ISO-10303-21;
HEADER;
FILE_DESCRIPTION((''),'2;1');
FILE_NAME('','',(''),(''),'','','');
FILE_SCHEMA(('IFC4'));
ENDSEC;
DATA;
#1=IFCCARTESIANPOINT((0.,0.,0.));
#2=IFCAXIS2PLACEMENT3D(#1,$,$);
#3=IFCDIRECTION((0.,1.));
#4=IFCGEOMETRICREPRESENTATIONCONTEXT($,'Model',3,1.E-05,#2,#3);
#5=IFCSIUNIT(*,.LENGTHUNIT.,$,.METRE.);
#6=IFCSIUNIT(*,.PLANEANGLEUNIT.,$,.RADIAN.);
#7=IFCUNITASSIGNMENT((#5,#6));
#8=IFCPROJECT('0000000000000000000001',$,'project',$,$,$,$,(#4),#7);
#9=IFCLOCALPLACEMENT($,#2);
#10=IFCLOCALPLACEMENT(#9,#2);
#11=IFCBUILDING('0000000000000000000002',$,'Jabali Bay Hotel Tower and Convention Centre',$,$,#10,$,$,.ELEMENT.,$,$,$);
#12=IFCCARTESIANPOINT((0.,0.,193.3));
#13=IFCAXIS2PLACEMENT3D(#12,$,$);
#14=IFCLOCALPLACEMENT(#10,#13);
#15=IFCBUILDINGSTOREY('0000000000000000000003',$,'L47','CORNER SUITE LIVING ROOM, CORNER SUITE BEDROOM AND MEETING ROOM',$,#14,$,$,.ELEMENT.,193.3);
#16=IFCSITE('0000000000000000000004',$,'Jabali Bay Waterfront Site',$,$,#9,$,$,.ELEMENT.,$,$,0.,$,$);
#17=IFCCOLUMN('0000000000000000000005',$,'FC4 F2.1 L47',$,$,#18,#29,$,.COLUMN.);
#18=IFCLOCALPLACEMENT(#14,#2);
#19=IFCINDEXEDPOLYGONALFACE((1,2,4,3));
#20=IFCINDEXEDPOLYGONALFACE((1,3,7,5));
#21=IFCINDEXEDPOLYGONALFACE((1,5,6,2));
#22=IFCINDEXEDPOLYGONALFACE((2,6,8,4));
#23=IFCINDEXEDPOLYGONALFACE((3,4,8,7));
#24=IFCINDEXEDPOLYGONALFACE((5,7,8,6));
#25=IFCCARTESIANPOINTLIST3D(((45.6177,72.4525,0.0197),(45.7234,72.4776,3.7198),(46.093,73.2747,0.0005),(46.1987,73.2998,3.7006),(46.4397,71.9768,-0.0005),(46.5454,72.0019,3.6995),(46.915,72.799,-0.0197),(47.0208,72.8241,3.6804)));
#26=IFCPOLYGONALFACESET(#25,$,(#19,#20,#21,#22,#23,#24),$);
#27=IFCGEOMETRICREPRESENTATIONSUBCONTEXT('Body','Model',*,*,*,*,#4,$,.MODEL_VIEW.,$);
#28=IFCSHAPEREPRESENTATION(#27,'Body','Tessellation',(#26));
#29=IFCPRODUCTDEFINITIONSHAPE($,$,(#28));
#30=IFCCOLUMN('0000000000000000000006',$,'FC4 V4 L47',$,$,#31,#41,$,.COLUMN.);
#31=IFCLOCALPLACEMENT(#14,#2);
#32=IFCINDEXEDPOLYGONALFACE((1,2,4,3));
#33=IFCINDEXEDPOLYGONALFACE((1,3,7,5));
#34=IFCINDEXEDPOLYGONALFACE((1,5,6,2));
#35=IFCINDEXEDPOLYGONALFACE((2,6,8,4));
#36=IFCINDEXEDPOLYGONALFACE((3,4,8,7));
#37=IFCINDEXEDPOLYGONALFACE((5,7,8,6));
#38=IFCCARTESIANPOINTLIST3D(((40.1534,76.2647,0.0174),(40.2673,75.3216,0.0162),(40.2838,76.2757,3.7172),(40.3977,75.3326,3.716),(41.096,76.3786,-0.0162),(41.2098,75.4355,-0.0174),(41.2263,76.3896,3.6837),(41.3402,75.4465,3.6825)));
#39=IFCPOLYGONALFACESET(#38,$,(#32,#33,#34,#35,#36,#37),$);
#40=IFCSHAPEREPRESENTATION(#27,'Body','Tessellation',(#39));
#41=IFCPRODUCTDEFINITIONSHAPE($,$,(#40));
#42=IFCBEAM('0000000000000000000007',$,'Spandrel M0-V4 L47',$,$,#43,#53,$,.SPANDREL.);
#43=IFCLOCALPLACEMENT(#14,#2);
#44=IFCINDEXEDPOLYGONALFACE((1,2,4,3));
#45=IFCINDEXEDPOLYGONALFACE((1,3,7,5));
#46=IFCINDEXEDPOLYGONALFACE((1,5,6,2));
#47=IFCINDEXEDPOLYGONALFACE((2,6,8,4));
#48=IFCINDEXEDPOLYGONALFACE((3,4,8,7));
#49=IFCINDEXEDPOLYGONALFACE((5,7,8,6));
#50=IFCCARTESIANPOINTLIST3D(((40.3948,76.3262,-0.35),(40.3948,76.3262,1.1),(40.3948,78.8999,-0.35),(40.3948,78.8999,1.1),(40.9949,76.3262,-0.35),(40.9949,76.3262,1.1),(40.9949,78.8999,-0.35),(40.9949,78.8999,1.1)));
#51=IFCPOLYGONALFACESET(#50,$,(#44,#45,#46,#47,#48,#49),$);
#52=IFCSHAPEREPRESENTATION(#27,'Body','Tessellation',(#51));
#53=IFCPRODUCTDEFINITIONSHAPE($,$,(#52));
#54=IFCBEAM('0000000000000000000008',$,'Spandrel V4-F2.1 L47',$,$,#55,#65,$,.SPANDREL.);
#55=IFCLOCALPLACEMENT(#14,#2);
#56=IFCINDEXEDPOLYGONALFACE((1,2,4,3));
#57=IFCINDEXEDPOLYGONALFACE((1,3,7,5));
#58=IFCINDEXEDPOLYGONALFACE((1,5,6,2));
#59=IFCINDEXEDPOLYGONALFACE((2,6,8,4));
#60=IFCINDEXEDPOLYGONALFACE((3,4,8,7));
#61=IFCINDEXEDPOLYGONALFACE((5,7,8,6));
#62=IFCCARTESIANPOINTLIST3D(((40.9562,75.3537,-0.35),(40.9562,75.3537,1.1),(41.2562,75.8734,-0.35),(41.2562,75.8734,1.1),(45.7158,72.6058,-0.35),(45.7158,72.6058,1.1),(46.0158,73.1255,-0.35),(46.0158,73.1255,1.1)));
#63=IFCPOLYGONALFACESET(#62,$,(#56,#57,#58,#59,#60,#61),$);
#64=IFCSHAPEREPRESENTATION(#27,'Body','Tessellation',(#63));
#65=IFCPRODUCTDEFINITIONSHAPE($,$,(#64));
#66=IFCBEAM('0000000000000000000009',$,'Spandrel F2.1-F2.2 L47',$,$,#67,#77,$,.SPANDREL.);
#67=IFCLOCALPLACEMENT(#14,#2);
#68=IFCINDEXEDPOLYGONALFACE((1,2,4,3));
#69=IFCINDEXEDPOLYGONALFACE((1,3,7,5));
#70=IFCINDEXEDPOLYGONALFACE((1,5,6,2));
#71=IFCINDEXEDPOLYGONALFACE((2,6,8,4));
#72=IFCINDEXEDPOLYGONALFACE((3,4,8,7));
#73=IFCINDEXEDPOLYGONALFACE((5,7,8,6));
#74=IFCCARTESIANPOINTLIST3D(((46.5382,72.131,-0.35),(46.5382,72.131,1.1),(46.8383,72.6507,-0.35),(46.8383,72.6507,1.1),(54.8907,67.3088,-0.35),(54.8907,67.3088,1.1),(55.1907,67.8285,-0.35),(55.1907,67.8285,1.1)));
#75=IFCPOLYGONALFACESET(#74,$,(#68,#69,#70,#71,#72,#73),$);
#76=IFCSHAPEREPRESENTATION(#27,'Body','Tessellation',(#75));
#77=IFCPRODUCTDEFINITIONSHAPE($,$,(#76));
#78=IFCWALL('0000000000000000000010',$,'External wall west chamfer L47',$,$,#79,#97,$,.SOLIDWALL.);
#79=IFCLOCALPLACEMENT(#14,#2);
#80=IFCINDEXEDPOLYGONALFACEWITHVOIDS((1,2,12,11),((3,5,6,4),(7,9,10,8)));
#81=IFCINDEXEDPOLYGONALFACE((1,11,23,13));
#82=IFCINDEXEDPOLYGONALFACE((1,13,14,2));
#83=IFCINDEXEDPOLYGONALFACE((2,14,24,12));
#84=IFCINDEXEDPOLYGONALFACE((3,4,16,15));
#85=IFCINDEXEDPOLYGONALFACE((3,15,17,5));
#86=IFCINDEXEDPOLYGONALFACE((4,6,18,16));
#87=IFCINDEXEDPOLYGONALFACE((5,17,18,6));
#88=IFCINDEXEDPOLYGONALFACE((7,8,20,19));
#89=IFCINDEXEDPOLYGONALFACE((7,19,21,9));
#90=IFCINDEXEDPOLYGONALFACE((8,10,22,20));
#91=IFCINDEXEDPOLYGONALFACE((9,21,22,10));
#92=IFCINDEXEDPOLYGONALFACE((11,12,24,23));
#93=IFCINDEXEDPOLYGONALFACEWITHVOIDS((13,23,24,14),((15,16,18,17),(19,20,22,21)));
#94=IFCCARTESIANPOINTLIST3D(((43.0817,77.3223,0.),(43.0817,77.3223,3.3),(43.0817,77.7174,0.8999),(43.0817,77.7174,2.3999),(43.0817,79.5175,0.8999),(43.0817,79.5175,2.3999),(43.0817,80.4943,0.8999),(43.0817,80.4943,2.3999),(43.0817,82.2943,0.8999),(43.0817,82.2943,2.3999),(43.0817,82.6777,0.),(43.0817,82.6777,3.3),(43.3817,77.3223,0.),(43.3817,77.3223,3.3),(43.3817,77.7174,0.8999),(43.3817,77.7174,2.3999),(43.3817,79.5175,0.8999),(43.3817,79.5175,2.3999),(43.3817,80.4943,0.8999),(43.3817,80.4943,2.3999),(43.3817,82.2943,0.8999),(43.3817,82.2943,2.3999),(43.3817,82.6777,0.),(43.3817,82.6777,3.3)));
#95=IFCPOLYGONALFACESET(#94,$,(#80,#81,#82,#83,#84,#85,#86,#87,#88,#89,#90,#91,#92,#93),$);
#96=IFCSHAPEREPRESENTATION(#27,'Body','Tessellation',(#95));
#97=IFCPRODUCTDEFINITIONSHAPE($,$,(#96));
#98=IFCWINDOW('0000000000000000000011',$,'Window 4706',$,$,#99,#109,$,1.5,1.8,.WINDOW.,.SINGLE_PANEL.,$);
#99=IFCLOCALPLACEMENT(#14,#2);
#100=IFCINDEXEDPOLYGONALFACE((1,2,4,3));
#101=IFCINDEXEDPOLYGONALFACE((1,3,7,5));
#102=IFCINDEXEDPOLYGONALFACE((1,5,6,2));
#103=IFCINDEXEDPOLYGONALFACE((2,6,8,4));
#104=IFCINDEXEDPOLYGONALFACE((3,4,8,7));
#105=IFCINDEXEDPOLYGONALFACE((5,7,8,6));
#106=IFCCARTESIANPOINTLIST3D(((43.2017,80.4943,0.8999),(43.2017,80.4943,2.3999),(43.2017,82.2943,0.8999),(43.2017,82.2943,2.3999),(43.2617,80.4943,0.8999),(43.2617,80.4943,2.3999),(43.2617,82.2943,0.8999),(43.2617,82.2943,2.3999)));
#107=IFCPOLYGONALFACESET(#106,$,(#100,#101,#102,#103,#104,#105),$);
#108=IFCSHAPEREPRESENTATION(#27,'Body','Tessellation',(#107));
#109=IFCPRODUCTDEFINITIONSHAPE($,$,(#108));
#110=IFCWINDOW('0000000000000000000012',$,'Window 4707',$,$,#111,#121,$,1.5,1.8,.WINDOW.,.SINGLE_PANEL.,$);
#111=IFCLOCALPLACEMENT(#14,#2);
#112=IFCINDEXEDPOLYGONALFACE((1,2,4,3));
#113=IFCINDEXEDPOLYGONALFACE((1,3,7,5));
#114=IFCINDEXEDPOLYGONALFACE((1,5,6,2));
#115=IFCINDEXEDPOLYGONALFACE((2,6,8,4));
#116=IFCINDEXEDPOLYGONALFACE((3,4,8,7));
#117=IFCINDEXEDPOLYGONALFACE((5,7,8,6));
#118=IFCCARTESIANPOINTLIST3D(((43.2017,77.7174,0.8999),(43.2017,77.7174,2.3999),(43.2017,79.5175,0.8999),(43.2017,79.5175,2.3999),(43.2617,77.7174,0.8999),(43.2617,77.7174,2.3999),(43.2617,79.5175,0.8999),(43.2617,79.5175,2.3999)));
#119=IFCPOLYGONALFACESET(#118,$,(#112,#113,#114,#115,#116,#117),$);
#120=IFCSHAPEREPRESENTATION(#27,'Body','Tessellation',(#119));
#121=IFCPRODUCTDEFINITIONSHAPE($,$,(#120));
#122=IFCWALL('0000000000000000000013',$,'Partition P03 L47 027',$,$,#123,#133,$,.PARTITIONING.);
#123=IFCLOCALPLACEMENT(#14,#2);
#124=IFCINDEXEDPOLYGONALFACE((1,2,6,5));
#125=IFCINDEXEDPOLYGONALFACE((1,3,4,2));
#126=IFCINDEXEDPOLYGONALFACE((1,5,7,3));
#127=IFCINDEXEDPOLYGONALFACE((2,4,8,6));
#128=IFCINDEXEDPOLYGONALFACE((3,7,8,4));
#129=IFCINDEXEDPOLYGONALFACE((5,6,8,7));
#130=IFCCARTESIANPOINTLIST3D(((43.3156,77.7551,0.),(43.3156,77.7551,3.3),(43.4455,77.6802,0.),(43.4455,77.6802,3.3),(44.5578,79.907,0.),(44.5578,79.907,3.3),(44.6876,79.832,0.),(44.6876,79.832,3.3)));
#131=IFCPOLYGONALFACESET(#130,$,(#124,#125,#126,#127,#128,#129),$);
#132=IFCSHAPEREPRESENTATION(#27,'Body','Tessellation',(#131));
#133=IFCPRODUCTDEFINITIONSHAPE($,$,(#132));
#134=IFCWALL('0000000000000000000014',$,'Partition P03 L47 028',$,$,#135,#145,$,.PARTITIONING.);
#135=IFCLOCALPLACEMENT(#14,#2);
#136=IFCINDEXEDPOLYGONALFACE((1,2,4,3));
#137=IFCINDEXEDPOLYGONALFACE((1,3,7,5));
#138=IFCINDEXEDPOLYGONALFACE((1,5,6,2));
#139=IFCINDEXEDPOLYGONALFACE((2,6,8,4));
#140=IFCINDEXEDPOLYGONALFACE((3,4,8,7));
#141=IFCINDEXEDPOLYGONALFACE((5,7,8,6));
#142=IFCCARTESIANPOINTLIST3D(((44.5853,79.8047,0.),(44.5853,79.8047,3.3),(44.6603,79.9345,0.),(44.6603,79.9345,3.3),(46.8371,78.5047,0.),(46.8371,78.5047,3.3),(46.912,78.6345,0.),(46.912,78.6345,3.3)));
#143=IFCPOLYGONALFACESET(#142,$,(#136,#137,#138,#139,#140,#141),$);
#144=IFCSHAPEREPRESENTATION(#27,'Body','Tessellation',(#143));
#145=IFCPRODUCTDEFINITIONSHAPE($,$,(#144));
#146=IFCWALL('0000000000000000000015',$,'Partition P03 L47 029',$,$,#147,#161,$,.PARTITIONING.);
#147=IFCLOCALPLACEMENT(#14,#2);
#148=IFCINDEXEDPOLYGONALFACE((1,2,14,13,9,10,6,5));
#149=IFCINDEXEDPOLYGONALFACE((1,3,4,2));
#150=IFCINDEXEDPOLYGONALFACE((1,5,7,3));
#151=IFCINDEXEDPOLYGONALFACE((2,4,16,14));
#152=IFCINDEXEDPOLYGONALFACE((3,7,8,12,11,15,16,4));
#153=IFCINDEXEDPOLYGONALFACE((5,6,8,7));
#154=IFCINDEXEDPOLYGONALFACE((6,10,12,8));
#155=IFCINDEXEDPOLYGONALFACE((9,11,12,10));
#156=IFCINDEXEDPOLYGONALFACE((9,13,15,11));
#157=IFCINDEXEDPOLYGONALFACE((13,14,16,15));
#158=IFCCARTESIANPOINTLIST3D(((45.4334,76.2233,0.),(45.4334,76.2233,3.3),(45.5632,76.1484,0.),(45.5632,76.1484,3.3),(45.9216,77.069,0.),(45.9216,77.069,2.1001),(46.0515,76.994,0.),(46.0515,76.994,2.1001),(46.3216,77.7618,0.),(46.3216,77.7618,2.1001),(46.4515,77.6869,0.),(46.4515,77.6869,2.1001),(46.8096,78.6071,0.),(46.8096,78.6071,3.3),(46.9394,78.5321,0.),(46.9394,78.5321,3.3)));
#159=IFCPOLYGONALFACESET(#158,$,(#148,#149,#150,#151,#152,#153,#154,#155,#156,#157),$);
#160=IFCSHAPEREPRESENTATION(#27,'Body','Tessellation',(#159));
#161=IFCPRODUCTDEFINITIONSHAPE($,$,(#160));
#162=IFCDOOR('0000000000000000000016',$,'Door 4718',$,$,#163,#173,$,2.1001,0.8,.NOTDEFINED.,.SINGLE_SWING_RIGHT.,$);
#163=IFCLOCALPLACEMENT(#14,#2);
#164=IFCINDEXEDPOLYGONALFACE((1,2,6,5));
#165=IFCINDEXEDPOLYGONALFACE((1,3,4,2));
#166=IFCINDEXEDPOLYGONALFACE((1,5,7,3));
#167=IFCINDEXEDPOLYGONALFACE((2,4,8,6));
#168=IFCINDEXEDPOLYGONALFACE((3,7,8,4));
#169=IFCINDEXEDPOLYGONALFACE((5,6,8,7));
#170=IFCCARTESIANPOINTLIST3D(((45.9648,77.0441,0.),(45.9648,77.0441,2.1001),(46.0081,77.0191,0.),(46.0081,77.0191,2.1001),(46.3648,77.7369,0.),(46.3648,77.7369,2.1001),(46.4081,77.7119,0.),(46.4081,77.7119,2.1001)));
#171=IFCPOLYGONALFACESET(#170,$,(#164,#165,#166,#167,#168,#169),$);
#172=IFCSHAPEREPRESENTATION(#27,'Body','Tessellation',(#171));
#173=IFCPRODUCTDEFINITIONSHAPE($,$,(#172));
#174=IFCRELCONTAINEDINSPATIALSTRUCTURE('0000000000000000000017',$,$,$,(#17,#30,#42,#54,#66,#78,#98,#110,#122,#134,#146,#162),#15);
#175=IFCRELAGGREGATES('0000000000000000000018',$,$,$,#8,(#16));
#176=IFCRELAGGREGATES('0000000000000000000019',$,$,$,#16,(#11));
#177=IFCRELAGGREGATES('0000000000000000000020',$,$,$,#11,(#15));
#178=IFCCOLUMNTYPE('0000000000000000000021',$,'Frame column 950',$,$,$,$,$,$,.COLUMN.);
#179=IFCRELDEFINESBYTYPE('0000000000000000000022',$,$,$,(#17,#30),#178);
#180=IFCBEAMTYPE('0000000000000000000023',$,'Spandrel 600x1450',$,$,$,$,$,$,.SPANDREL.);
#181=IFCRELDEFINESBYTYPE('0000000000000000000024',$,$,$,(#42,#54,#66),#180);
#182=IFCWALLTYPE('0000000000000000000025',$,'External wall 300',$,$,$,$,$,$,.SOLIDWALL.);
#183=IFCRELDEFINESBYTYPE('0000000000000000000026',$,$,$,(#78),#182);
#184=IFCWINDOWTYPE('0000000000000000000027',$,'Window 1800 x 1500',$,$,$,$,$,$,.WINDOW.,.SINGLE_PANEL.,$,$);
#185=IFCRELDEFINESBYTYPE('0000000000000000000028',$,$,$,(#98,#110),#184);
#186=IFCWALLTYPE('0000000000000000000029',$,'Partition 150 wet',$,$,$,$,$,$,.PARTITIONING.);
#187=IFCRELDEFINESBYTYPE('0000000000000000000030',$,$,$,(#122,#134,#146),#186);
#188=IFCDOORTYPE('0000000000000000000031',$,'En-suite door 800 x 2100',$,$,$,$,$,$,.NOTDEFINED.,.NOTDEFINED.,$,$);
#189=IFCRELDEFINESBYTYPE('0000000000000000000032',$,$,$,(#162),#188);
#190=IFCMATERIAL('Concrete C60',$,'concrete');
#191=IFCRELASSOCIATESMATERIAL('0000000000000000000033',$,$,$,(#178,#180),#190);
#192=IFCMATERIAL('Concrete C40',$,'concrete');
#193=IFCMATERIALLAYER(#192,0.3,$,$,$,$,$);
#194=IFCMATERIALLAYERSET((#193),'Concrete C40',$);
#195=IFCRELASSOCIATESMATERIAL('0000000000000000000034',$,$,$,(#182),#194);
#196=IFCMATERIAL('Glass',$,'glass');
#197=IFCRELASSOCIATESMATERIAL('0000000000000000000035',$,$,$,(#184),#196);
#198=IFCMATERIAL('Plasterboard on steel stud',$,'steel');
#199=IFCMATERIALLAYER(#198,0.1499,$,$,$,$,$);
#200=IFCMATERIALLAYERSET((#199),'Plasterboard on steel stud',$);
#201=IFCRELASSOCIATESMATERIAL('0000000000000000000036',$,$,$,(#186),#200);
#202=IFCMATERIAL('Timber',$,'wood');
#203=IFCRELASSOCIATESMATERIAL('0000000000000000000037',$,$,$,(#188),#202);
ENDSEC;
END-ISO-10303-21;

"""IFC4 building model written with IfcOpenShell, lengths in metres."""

from ifc_helpers import new_model, si_unit, direction, frame, frame_2d, origin, origin_2d, place, context, subcontext, project, spatial, rectangle, extrude, material, layer, layer_set, material_profile, profile_set, type_object, element, fill, save


model = new_model("IFC4")

# Units and contexts
model_context = context("Model", 3, precision=1e-05, world=origin(), true_north=direction((0.0, 1.0)))
body_context = subcontext(model_context, "Body", "Model", "MODEL_VIEW")
ifc_project = project(units=[si_unit("LENGTHUNIT", "METRE"), si_unit("PLANEANGLEUNIT", "RADIAN")], contexts=[model_context])

# Site, building, storey
site_placement = place(None, origin())
site = spatial("IfcSite", under=ifc_project, at=site_placement, Name="Jabali Bay Waterfront Site", CompositionType="ELEMENT", RefElevation=0.0)
building_placement = place(site_placement, origin())
building = spatial("IfcBuilding", under=site, at=building_placement, Name="Jabali Bay Hotel Tower and Convention Centre", CompositionType="ELEMENT")
storey_placement = place(building_placement, frame((0.0, 0.0, 193.3)))
storey = spatial("IfcBuildingStorey", under=building, at=storey_placement, Name="L47", Description="CORNER SUITE LIVING ROOM, CORNER SUITE BEDROOM AND MEETING ROOM", CompositionType="ELEMENT", Elevation=193.3)

# Columns
ifc_material_1 = material(Name="Concrete C60", Category="concrete")
ifc_material_profile_1 = material_profile(ifc_material_1, rectangle(XDim=0.95, YDim=0.95, at=origin_2d()), Name="Frame column 950")
ifc_profile_set_1 = profile_set([ifc_material_profile_1], Name="Concrete C60")
column_type = type_object("IfcColumnType", Name="Frame column 950", PredefinedType="COLUMN", material=ifc_profile_set_1)
column_1_placement = place(storey_placement, frame((46.2664, 72.6257, 0.0), z_axis=(0.028559, 0.006794, 0.999569), x_axis=(-0.865319, 0.500768, 0.02132)))
element("IfcColumn", 1, at=column_1_placement, inside=storey, type_object=column_type, Name="FC4 F2.1 L47", PredefinedType="COLUMN", context=body_context, shape_type="SweptSolid", body=[
    extrude(rectangle(XDim=0.95, YDim=0.95, at=origin_2d()), origin(), (0.0, 0.0, 1.0), 3.7017),
])
column_2_placement = place(storey_placement, frame((40.6816, 75.8501, 0.0), z_axis=(0.035214, 0.002967, 0.999375), x_axis=(-0.119874, 0.992788, 0.001276)))
element("IfcColumn", 2, at=column_2_placement, inside=storey, type_object=column_type, Name="FC4 V4 L47", PredefinedType="COLUMN", context=body_context, shape_type="SweptSolid", body=[
    extrude(rectangle(XDim=0.95, YDim=0.95, at=origin_2d()), origin(), (0.0, 0.0, 1.0), 3.7021),
])

# Beams
ifc_material_profile_2 = material_profile(ifc_material_1, rectangle(XDim=0.6001, YDim=1.45, at=origin_2d()), Name="Spandrel 600x1450")
ifc_profile_set_2 = profile_set([ifc_material_profile_2], Name="Concrete C60")
beam_type = type_object("IfcBeamType", Name="Spandrel 600x1450", PredefinedType="SPANDREL", material=ifc_profile_set_2)
beam_1_placement = place(storey_placement, frame((40.6948, 78.8999, 0.375), z_axis=(0.0, -1.0, 0.0), x_axis=(1.0, 0.0, 0.0)))
element("IfcBeam", 3, at=beam_1_placement, inside=storey, type_object=beam_type, Name="Spandrel M0-V4 L47", PredefinedType="SPANDREL", context=body_context, shape_type="SweptSolid", body=[
    extrude(rectangle(XDim=0.6001, YDim=1.45, at=origin_2d()), origin(), (0.0, 0.0, 1.0), 2.5737),
])
beam_2_placement = place(storey_placement, frame((41.1062, 75.6135, 0.375), z_axis=(0.866034, -0.499985, 0.0), x_axis=(0.499985, 0.866034, 0.0)))
element("IfcBeam", 4, at=beam_2_placement, inside=storey, type_object=beam_type, Name="Spandrel V4-F2.1 L47", PredefinedType="SPANDREL", context=body_context, shape_type="SweptSolid", body=[
    extrude(rectangle(XDim=0.6001, YDim=1.45, at=origin_2d()), origin(), (0.0, 0.0, 1.0), 5.4958),
])
beam_3_placement = place(storey_placement, frame((46.6882, 72.3909, 0.375), z_axis=(0.866029, -0.499994, 0.0), x_axis=(0.499994, 0.866029, 0.0)))
element("IfcBeam", 5, at=beam_3_placement, inside=storey, type_object=beam_type, Name="Spandrel F2.1-F2.2 L47", PredefinedType="SPANDREL", context=body_context, shape_type="SweptSolid", body=[
    extrude(rectangle(XDim=0.6001, YDim=1.45, at=origin_2d()), origin(), (0.0, 0.0, 1.0), 9.6445),
])

# Wall, openings, windows
ifc_material_2 = material(Name="Concrete C40", Category="concrete")
ifc_layer_1 = layer(ifc_material_2, 0.3)
ifc_layer_set_1 = layer_set([ifc_layer_1], Name="Concrete C40")
wall_type_1 = type_object("IfcWallType", Name="External wall 300", PredefinedType="SOLIDWALL", material=ifc_layer_set_1)
wall_1_placement = place(storey_placement, frame((43.2317, 77.3223, 0.0), z_axis=(0.0, 0.0, 1.0), x_axis=(0.0, 1.0, 0.0)))
wall_1 = element("IfcWall", 6, at=wall_1_placement, inside=storey, type_object=wall_type_1, Name="External wall west chamfer L47", PredefinedType="SOLIDWALL", context=body_context, shape_type="SweptSolid", body=[
    extrude(rectangle(XDim=5.3555, YDim=0.3, at=frame_2d((2.6777, 0.0))), origin(), (0.0, 0.0, 1.0), 3.3),
])
opening_1_placement = place(wall_1_placement, frame((3.1721, 0.0, 0.8999)))
opening_1 = element("IfcOpeningElement", 7, at=opening_1_placement, cuts=wall_1, PredefinedType="OPENING", context=body_context, shape_type="SweptSolid", body=[
    extrude(rectangle(XDim=1.8, YDim=1.5, at=frame_2d((0.8999, 0.75))), frame((0.0, 0.1606, 0.0), z_axis=(0.0, -1.0, 0.0), x_axis=(1.0, 0.0, 0.0)), (0.0, 0.0, 1.0), 0.321),
])
opening_2_placement = place(wall_1_placement, frame((0.3953, 0.0, 0.8999)))
opening_2 = element("IfcOpeningElement", 8, at=opening_2_placement, cuts=wall_1, PredefinedType="OPENING", context=body_context, shape_type="SweptSolid", body=[
    extrude(rectangle(XDim=1.8, YDim=1.5, at=frame_2d((0.8999, 0.75))), frame((0.0, 0.1606, 0.0), z_axis=(0.0, -1.0, 0.0), x_axis=(1.0, 0.0, 0.0)), (0.0, 0.0, 1.0), 0.321),
])
ifc_material_3 = material(Name="Glass", Category="glass")
window_type = type_object("IfcWindowType", Name="Window 1800 x 1500", PartitioningType="SINGLE_PANEL", PredefinedType="WINDOW", material=ifc_material_3)
window_1_placement = place(opening_1_placement, origin())
window_1 = element("IfcWindow", 9, at=window_1_placement, inside=storey, type_object=window_type, Name="Window 4706", OverallHeight=1.5, OverallWidth=1.8, PartitioningType="SINGLE_PANEL", PredefinedType="WINDOW", context=body_context, shape_type="SweptSolid", body=[
    extrude(rectangle(XDim=1.8, YDim=1.5, at=frame_2d((0.8999, 0.75))), frame((0.0, 0.03, 0.0), z_axis=(0.0, -1.0, 0.0), x_axis=(1.0, 0.0, 0.0)), (0.0, 0.0, 1.0), 0.0601),
])
fill(opening_1, window_1)
window_2_placement = place(opening_2_placement, origin())
window_2 = element("IfcWindow", 10, at=window_2_placement, inside=storey, type_object=window_type, Name="Window 4707", OverallHeight=1.5, OverallWidth=1.8, PartitioningType="SINGLE_PANEL", PredefinedType="WINDOW", context=body_context, shape_type="SweptSolid", body=[
    extrude(rectangle(XDim=1.8, YDim=1.5, at=frame_2d((0.8999, 0.75))), frame((0.0, 0.03, 0.0), z_axis=(0.0, -1.0, 0.0), x_axis=(1.0, 0.0, 0.0)), (0.0, 0.0, 1.0), 0.0601),
])
fill(opening_2, window_2)

# Walls
ifc_material_4 = material(Name="Plasterboard on steel stud", Category="steel")
ifc_layer_2 = layer(ifc_material_4, 0.1499)
ifc_layer_set_2 = layer_set([ifc_layer_2], Name="Plasterboard on steel stud")
wall_type_2 = type_object("IfcWallType", Name="Partition 150 wet", PredefinedType="PARTITIONING", material=ifc_layer_set_2)
wall_2_placement = place(storey_placement, frame((43.3806, 77.7178, 0.0), z_axis=(0.0, 0.0, 1.0), x_axis=(0.499944, 0.866058, 0.0)))
element("IfcWall", 11, at=wall_2_placement, inside=storey, type_object=wall_type_2, Name="Partition P03 L47 027", PredefinedType="PARTITIONING", context=body_context, shape_type="SweptSolid", body=[
    extrude(rectangle(XDim=2.4846, YDim=0.1499, at=frame_2d((1.2422, 0.0))), origin(), (0.0, 0.0, 1.0), 3.3),
])
wall_3_placement = place(storey_placement, frame((44.6228, 79.8696, 0.0), z_axis=(0.0, 0.0, 1.0), x_axis=(0.866021, -0.500007, 0.0)))
element("IfcWall", 12, at=wall_3_placement, inside=storey, type_object=wall_type_2, Name="Partition P03 L47 028", PredefinedType="PARTITIONING", context=body_context, shape_type="SweptSolid", body=[
    extrude(rectangle(XDim=2.6001, YDim=0.1499, at=frame_2d((1.3, 0.0))), origin(), (0.0, 0.0, 1.0), 3.3),
])

# Wall, opening, door
wall_4_placement = place(storey_placement, frame((46.8745, 78.5696, 0.0), z_axis=(0.0, 0.0, 1.0), x_axis=(-0.499984, -0.866035, 0.0)))
wall_4 = element("IfcWall", 13, at=wall_4_placement, inside=storey, type_object=wall_type_2, Name="Partition P03 L47 029", PredefinedType="PARTITIONING", context=body_context, shape_type="SweptSolid", body=[
    extrude(rectangle(XDim=2.7524, YDim=0.1499, at=frame_2d((1.3762, 0.0))), origin(), (0.0, 0.0, 1.0), 3.3),
])
opening_3_placement = place(wall_4_placement, frame((0.9761, 0.0, 0.0)))
opening_3 = element("IfcOpeningElement", 14, at=opening_3_placement, cuts=wall_4, PredefinedType="OPENING", context=body_context, shape_type="SweptSolid", body=[
    extrude(rectangle(XDim=0.8, YDim=2.1001, at=frame_2d((0.3999, 1.05))), frame((0.0, 0.0854, 0.0), z_axis=(0.0, -1.0, 0.0), x_axis=(1.0, 0.0, 0.0)), (0.0, 0.0, 1.0), 0.1709),
])
ifc_material_5 = material(Name="Timber", Category="wood")
door_type = type_object("IfcDoorType", Name="En-suite door 800 x 2100", OperationType="NOTDEFINED", PredefinedType="NOTDEFINED", material=ifc_material_5)
door_placement = place(opening_3_placement, origin())
door = element("IfcDoor", 15, at=door_placement, inside=storey, type_object=door_type, Name="Door 4718", OperationType="SINGLE_SWING_RIGHT", OverallHeight=2.1001, OverallWidth=0.8, PredefinedType="NOTDEFINED", context=body_context, shape_type="SweptSolid", body=[
    extrude(rectangle(XDim=0.8, YDim=2.1001, at=frame_2d((0.3999, 1.05))), frame((0.0, 0.0249, 0.0), z_axis=(0.0, -1.0, 0.0), x_axis=(1.0, 0.0, 0.0)), (0.0, 0.0, 1.0), 0.05),
])
fill(opening_3, door)

save(model, "model.ifc")
